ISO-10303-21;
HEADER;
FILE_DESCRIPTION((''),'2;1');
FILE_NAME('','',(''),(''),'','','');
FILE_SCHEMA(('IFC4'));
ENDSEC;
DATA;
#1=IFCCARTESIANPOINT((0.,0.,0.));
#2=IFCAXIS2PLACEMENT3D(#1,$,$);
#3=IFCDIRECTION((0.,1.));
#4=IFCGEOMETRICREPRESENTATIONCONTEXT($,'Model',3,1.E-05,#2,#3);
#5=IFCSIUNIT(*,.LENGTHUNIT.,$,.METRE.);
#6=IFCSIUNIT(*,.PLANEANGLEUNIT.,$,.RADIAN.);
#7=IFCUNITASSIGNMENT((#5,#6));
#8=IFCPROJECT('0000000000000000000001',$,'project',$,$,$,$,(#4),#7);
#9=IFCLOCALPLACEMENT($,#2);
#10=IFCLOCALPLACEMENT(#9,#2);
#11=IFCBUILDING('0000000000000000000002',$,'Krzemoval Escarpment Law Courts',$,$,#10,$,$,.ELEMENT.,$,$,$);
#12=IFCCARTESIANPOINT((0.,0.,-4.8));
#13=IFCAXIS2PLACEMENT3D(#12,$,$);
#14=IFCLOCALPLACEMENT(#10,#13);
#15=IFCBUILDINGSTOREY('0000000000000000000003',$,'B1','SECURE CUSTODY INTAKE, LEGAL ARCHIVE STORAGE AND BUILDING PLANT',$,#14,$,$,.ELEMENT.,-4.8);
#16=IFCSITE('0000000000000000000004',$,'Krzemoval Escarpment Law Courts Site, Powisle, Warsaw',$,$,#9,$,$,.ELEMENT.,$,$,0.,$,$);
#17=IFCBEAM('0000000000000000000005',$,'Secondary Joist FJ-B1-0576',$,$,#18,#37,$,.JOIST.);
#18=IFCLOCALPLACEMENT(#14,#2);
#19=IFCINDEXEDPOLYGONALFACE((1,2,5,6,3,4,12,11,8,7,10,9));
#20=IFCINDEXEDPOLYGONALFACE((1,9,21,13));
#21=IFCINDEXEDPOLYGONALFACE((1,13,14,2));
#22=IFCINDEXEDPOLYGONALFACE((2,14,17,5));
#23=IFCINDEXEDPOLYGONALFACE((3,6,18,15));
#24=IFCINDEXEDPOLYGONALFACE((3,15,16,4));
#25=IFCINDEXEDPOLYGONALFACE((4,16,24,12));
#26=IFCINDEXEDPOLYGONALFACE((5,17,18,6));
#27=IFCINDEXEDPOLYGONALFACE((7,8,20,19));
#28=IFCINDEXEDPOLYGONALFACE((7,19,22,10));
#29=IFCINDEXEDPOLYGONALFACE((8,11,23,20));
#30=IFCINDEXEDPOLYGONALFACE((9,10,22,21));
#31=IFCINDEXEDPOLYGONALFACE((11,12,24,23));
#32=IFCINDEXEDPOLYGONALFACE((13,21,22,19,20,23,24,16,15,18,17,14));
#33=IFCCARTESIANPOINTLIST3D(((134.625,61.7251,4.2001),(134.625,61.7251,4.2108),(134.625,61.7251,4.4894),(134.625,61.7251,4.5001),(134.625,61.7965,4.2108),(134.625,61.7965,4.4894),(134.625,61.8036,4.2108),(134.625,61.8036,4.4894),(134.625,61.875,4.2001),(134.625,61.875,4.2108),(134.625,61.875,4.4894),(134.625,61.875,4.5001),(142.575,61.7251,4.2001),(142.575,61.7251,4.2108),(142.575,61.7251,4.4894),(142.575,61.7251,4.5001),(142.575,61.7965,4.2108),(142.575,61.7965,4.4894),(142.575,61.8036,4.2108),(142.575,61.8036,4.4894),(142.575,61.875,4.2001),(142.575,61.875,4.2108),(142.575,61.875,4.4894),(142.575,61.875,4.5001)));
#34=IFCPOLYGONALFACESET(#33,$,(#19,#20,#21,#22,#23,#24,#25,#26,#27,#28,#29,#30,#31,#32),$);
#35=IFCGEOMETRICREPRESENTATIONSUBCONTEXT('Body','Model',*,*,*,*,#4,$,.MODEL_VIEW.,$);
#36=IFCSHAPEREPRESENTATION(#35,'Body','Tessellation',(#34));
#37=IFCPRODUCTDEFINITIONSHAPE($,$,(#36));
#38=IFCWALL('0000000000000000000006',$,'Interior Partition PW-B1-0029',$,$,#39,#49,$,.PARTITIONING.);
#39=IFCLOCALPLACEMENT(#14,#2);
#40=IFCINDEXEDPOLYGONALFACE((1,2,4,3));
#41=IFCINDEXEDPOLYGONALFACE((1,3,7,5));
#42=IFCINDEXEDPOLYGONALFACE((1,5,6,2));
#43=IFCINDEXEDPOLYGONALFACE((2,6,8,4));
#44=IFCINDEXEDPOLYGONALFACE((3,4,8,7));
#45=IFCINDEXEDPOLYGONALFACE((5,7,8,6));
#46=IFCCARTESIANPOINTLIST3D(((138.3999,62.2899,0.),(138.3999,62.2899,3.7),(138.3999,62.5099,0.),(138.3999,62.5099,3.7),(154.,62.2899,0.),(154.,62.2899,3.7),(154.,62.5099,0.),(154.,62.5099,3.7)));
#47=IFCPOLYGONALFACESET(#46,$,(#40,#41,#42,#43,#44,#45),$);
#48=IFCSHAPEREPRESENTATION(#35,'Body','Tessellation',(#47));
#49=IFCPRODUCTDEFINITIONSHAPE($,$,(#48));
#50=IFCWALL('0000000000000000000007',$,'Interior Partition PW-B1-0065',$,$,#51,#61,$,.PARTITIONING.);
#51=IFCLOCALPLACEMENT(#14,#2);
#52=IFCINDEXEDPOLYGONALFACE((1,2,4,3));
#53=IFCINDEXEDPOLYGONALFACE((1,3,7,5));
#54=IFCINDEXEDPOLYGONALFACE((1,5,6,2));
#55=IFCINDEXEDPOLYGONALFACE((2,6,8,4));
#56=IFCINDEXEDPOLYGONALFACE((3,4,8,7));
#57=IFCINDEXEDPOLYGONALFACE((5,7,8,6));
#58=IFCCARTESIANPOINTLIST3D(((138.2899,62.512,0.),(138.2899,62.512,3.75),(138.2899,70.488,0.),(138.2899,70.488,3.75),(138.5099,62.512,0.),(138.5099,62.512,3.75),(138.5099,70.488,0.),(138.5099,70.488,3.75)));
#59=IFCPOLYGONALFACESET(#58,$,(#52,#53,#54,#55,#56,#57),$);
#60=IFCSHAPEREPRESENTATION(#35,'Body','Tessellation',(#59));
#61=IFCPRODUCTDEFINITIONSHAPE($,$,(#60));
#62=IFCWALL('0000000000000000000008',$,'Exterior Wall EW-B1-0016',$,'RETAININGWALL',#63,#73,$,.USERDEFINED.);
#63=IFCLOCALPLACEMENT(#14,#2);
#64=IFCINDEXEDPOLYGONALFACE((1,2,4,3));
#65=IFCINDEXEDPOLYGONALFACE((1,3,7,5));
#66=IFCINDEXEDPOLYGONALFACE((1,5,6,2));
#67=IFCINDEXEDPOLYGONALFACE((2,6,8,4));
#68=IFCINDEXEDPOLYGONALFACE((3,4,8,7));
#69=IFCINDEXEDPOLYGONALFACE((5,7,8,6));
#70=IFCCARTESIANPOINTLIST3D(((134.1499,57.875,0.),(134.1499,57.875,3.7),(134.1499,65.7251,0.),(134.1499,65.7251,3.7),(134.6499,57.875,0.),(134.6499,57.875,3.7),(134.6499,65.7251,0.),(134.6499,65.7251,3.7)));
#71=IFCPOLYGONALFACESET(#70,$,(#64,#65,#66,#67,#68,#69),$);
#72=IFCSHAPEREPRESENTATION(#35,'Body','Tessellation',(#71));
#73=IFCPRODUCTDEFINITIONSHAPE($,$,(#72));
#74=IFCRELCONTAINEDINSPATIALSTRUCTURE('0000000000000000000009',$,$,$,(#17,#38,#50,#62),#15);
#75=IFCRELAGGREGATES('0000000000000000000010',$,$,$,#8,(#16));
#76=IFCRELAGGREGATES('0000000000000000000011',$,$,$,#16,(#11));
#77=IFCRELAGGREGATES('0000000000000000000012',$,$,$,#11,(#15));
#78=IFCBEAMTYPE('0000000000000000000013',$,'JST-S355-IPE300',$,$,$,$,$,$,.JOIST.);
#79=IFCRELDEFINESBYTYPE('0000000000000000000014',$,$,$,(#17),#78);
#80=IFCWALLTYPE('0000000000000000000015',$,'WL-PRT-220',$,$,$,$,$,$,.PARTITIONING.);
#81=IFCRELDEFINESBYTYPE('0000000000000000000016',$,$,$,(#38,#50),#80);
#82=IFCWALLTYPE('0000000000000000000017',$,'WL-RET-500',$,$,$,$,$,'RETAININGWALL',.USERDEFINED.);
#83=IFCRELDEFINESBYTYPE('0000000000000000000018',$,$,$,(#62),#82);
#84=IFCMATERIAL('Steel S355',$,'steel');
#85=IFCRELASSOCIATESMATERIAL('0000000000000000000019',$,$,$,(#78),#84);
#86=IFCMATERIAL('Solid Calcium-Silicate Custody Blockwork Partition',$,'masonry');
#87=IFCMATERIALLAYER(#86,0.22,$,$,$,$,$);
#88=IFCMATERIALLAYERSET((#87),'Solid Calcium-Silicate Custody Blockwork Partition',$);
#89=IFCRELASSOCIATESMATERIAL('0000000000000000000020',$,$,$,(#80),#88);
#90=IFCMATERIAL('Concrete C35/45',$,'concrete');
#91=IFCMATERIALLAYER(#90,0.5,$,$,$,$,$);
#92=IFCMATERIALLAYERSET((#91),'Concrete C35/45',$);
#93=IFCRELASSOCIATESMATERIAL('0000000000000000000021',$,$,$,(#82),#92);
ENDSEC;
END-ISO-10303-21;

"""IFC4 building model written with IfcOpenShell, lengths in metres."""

from ifc_helpers import new_model, si_unit, direction, frame, frame_2d, origin, origin_2d, place, context, subcontext, project, spatial, rectangle, i_section, extrude, material, layer, layer_set, material_profile, profile_set, type_object, element, save


model = new_model("IFC4")

# Units and contexts
model_context = context("Model", 3, precision=1e-05, world=origin(), true_north=direction((0.0, 1.0)))
body_context = subcontext(model_context, "Body", "Model", "MODEL_VIEW")
ifc_project = project(units=[si_unit("LENGTHUNIT", "METRE"), si_unit("PLANEANGLEUNIT", "RADIAN")], contexts=[model_context])

# Site, building, storey
site_placement = place(None, origin())
site = spatial("IfcSite", under=ifc_project, at=site_placement, Name="Krzemoval Escarpment Law Courts Site, Powisle, Warsaw", CompositionType="ELEMENT", RefElevation=0.0)
building_placement = place(site_placement, origin())
building = spatial("IfcBuilding", under=site, at=building_placement, Name="Krzemoval Escarpment Law Courts", CompositionType="ELEMENT")
storey_placement = place(building_placement, frame((0.0, 0.0, -4.8)))
storey = spatial("IfcBuildingStorey", under=building, at=storey_placement, Name="B1", Description="SECURE CUSTODY INTAKE, LEGAL ARCHIVE STORAGE AND BUILDING PLANT", CompositionType="ELEMENT", Elevation=-4.8)

# Beam
ifc_material_1 = material(Name="Steel S355", Category="steel")
ifc_material_profile_1 = material_profile(ifc_material_1, i_section(OverallWidth=0.1499, OverallDepth=0.3, WebThickness=0.0071, FlangeThickness=0.0107, at=origin_2d()), Name="IPE 300")
ifc_profile_set_1 = profile_set([ifc_material_profile_1], Name="Steel S355")
beam_type_1 = type_object("IfcBeamType", Name="JST-S355-IPE300", PredefinedType="JOIST", material=ifc_profile_set_1)
beam_placement = place(storey_placement, frame((134.625, 61.8, 4.3501), z_axis=(1.0, 0.0, 0.0), x_axis=(0.0, 1.0, 0.0)))
element("IfcBeam", 1, at=beam_placement, inside=storey, type_object=beam_type_1, Name="Secondary Joist FJ-B1-0576", PredefinedType="JOIST", context=body_context, shape_type="SweptSolid", body=[
    extrude(i_section(OverallWidth=0.1499, OverallDepth=0.3, WebThickness=0.0071, FlangeThickness=0.0107, at=origin_2d()), origin(), (0.0, 0.0, 1.0), 7.95),
])

# Walls
ifc_material_2 = material(Name="Solid Calcium-Silicate Custody Blockwork Partition", Category="masonry")
ifc_layer_1 = layer(ifc_material_2, 0.22)
ifc_layer_set_1 = layer_set([ifc_layer_1], Name="Solid Calcium-Silicate Custody Blockwork Partition")
wall_type_1 = type_object("IfcWallType", Name="WL-PRT-220", PredefinedType="PARTITIONING", material=ifc_layer_set_1)
wall_1_placement = place(storey_placement, frame((138.3999, 62.3999, 0.0), z_axis=(0.0, 0.0, 1.0), x_axis=(1.0, 0.0, 0.0)))
element("IfcWall", 2, at=wall_1_placement, inside=storey, type_object=wall_type_1, Name="Interior Partition PW-B1-0029", PredefinedType="PARTITIONING", context=body_context, shape_type="SweptSolid", body=[
    extrude(rectangle(XDim=15.6001, YDim=0.22, at=frame_2d((7.8, 0.0))), origin(), (0.0, 0.0, 1.0), 3.7),
])
wall_2_placement = place(storey_placement, frame((138.3999, 62.512, 0.0), z_axis=(0.0, 0.0, 1.0), x_axis=(0.0, 1.0, 0.0)))
element("IfcWall", 3, at=wall_2_placement, inside=storey, type_object=wall_type_1, Name="Interior Partition PW-B1-0065", PredefinedType="PARTITIONING", context=body_context, shape_type="SweptSolid", body=[
    extrude(rectangle(XDim=7.9761, YDim=0.22, at=frame_2d((3.988, 0.0))), origin(), (0.0, 0.0, 1.0), 3.75),
])
ifc_material_3 = material(Name="Concrete C35/45", Category="concrete")
ifc_layer_2 = layer(ifc_material_3, 0.5)
ifc_layer_set_2 = layer_set([ifc_layer_2], Name="Concrete C35/45")
wall_type_2 = type_object("IfcWallType", Name="WL-RET-500", ElementType="RETAININGWALL", PredefinedType="USERDEFINED", material=ifc_layer_set_2)
wall_3_placement = place(storey_placement, frame((134.3999, 57.875, 0.0), z_axis=(0.0, 0.0, 1.0), x_axis=(0.0, 1.0, 0.0)))
element("IfcWall", 4, at=wall_3_placement, inside=storey, type_object=wall_type_2, Name="Exterior Wall EW-B1-0016", ObjectType="RETAININGWALL", PredefinedType="USERDEFINED", context=body_context, shape_type="SweptSolid", body=[
    extrude(rectangle(XDim=7.8501, YDim=0.5, at=frame_2d((3.925, 0.0))), origin(), (0.0, 0.0, 1.0), 3.7),
])

save(model, "model.ifc")
